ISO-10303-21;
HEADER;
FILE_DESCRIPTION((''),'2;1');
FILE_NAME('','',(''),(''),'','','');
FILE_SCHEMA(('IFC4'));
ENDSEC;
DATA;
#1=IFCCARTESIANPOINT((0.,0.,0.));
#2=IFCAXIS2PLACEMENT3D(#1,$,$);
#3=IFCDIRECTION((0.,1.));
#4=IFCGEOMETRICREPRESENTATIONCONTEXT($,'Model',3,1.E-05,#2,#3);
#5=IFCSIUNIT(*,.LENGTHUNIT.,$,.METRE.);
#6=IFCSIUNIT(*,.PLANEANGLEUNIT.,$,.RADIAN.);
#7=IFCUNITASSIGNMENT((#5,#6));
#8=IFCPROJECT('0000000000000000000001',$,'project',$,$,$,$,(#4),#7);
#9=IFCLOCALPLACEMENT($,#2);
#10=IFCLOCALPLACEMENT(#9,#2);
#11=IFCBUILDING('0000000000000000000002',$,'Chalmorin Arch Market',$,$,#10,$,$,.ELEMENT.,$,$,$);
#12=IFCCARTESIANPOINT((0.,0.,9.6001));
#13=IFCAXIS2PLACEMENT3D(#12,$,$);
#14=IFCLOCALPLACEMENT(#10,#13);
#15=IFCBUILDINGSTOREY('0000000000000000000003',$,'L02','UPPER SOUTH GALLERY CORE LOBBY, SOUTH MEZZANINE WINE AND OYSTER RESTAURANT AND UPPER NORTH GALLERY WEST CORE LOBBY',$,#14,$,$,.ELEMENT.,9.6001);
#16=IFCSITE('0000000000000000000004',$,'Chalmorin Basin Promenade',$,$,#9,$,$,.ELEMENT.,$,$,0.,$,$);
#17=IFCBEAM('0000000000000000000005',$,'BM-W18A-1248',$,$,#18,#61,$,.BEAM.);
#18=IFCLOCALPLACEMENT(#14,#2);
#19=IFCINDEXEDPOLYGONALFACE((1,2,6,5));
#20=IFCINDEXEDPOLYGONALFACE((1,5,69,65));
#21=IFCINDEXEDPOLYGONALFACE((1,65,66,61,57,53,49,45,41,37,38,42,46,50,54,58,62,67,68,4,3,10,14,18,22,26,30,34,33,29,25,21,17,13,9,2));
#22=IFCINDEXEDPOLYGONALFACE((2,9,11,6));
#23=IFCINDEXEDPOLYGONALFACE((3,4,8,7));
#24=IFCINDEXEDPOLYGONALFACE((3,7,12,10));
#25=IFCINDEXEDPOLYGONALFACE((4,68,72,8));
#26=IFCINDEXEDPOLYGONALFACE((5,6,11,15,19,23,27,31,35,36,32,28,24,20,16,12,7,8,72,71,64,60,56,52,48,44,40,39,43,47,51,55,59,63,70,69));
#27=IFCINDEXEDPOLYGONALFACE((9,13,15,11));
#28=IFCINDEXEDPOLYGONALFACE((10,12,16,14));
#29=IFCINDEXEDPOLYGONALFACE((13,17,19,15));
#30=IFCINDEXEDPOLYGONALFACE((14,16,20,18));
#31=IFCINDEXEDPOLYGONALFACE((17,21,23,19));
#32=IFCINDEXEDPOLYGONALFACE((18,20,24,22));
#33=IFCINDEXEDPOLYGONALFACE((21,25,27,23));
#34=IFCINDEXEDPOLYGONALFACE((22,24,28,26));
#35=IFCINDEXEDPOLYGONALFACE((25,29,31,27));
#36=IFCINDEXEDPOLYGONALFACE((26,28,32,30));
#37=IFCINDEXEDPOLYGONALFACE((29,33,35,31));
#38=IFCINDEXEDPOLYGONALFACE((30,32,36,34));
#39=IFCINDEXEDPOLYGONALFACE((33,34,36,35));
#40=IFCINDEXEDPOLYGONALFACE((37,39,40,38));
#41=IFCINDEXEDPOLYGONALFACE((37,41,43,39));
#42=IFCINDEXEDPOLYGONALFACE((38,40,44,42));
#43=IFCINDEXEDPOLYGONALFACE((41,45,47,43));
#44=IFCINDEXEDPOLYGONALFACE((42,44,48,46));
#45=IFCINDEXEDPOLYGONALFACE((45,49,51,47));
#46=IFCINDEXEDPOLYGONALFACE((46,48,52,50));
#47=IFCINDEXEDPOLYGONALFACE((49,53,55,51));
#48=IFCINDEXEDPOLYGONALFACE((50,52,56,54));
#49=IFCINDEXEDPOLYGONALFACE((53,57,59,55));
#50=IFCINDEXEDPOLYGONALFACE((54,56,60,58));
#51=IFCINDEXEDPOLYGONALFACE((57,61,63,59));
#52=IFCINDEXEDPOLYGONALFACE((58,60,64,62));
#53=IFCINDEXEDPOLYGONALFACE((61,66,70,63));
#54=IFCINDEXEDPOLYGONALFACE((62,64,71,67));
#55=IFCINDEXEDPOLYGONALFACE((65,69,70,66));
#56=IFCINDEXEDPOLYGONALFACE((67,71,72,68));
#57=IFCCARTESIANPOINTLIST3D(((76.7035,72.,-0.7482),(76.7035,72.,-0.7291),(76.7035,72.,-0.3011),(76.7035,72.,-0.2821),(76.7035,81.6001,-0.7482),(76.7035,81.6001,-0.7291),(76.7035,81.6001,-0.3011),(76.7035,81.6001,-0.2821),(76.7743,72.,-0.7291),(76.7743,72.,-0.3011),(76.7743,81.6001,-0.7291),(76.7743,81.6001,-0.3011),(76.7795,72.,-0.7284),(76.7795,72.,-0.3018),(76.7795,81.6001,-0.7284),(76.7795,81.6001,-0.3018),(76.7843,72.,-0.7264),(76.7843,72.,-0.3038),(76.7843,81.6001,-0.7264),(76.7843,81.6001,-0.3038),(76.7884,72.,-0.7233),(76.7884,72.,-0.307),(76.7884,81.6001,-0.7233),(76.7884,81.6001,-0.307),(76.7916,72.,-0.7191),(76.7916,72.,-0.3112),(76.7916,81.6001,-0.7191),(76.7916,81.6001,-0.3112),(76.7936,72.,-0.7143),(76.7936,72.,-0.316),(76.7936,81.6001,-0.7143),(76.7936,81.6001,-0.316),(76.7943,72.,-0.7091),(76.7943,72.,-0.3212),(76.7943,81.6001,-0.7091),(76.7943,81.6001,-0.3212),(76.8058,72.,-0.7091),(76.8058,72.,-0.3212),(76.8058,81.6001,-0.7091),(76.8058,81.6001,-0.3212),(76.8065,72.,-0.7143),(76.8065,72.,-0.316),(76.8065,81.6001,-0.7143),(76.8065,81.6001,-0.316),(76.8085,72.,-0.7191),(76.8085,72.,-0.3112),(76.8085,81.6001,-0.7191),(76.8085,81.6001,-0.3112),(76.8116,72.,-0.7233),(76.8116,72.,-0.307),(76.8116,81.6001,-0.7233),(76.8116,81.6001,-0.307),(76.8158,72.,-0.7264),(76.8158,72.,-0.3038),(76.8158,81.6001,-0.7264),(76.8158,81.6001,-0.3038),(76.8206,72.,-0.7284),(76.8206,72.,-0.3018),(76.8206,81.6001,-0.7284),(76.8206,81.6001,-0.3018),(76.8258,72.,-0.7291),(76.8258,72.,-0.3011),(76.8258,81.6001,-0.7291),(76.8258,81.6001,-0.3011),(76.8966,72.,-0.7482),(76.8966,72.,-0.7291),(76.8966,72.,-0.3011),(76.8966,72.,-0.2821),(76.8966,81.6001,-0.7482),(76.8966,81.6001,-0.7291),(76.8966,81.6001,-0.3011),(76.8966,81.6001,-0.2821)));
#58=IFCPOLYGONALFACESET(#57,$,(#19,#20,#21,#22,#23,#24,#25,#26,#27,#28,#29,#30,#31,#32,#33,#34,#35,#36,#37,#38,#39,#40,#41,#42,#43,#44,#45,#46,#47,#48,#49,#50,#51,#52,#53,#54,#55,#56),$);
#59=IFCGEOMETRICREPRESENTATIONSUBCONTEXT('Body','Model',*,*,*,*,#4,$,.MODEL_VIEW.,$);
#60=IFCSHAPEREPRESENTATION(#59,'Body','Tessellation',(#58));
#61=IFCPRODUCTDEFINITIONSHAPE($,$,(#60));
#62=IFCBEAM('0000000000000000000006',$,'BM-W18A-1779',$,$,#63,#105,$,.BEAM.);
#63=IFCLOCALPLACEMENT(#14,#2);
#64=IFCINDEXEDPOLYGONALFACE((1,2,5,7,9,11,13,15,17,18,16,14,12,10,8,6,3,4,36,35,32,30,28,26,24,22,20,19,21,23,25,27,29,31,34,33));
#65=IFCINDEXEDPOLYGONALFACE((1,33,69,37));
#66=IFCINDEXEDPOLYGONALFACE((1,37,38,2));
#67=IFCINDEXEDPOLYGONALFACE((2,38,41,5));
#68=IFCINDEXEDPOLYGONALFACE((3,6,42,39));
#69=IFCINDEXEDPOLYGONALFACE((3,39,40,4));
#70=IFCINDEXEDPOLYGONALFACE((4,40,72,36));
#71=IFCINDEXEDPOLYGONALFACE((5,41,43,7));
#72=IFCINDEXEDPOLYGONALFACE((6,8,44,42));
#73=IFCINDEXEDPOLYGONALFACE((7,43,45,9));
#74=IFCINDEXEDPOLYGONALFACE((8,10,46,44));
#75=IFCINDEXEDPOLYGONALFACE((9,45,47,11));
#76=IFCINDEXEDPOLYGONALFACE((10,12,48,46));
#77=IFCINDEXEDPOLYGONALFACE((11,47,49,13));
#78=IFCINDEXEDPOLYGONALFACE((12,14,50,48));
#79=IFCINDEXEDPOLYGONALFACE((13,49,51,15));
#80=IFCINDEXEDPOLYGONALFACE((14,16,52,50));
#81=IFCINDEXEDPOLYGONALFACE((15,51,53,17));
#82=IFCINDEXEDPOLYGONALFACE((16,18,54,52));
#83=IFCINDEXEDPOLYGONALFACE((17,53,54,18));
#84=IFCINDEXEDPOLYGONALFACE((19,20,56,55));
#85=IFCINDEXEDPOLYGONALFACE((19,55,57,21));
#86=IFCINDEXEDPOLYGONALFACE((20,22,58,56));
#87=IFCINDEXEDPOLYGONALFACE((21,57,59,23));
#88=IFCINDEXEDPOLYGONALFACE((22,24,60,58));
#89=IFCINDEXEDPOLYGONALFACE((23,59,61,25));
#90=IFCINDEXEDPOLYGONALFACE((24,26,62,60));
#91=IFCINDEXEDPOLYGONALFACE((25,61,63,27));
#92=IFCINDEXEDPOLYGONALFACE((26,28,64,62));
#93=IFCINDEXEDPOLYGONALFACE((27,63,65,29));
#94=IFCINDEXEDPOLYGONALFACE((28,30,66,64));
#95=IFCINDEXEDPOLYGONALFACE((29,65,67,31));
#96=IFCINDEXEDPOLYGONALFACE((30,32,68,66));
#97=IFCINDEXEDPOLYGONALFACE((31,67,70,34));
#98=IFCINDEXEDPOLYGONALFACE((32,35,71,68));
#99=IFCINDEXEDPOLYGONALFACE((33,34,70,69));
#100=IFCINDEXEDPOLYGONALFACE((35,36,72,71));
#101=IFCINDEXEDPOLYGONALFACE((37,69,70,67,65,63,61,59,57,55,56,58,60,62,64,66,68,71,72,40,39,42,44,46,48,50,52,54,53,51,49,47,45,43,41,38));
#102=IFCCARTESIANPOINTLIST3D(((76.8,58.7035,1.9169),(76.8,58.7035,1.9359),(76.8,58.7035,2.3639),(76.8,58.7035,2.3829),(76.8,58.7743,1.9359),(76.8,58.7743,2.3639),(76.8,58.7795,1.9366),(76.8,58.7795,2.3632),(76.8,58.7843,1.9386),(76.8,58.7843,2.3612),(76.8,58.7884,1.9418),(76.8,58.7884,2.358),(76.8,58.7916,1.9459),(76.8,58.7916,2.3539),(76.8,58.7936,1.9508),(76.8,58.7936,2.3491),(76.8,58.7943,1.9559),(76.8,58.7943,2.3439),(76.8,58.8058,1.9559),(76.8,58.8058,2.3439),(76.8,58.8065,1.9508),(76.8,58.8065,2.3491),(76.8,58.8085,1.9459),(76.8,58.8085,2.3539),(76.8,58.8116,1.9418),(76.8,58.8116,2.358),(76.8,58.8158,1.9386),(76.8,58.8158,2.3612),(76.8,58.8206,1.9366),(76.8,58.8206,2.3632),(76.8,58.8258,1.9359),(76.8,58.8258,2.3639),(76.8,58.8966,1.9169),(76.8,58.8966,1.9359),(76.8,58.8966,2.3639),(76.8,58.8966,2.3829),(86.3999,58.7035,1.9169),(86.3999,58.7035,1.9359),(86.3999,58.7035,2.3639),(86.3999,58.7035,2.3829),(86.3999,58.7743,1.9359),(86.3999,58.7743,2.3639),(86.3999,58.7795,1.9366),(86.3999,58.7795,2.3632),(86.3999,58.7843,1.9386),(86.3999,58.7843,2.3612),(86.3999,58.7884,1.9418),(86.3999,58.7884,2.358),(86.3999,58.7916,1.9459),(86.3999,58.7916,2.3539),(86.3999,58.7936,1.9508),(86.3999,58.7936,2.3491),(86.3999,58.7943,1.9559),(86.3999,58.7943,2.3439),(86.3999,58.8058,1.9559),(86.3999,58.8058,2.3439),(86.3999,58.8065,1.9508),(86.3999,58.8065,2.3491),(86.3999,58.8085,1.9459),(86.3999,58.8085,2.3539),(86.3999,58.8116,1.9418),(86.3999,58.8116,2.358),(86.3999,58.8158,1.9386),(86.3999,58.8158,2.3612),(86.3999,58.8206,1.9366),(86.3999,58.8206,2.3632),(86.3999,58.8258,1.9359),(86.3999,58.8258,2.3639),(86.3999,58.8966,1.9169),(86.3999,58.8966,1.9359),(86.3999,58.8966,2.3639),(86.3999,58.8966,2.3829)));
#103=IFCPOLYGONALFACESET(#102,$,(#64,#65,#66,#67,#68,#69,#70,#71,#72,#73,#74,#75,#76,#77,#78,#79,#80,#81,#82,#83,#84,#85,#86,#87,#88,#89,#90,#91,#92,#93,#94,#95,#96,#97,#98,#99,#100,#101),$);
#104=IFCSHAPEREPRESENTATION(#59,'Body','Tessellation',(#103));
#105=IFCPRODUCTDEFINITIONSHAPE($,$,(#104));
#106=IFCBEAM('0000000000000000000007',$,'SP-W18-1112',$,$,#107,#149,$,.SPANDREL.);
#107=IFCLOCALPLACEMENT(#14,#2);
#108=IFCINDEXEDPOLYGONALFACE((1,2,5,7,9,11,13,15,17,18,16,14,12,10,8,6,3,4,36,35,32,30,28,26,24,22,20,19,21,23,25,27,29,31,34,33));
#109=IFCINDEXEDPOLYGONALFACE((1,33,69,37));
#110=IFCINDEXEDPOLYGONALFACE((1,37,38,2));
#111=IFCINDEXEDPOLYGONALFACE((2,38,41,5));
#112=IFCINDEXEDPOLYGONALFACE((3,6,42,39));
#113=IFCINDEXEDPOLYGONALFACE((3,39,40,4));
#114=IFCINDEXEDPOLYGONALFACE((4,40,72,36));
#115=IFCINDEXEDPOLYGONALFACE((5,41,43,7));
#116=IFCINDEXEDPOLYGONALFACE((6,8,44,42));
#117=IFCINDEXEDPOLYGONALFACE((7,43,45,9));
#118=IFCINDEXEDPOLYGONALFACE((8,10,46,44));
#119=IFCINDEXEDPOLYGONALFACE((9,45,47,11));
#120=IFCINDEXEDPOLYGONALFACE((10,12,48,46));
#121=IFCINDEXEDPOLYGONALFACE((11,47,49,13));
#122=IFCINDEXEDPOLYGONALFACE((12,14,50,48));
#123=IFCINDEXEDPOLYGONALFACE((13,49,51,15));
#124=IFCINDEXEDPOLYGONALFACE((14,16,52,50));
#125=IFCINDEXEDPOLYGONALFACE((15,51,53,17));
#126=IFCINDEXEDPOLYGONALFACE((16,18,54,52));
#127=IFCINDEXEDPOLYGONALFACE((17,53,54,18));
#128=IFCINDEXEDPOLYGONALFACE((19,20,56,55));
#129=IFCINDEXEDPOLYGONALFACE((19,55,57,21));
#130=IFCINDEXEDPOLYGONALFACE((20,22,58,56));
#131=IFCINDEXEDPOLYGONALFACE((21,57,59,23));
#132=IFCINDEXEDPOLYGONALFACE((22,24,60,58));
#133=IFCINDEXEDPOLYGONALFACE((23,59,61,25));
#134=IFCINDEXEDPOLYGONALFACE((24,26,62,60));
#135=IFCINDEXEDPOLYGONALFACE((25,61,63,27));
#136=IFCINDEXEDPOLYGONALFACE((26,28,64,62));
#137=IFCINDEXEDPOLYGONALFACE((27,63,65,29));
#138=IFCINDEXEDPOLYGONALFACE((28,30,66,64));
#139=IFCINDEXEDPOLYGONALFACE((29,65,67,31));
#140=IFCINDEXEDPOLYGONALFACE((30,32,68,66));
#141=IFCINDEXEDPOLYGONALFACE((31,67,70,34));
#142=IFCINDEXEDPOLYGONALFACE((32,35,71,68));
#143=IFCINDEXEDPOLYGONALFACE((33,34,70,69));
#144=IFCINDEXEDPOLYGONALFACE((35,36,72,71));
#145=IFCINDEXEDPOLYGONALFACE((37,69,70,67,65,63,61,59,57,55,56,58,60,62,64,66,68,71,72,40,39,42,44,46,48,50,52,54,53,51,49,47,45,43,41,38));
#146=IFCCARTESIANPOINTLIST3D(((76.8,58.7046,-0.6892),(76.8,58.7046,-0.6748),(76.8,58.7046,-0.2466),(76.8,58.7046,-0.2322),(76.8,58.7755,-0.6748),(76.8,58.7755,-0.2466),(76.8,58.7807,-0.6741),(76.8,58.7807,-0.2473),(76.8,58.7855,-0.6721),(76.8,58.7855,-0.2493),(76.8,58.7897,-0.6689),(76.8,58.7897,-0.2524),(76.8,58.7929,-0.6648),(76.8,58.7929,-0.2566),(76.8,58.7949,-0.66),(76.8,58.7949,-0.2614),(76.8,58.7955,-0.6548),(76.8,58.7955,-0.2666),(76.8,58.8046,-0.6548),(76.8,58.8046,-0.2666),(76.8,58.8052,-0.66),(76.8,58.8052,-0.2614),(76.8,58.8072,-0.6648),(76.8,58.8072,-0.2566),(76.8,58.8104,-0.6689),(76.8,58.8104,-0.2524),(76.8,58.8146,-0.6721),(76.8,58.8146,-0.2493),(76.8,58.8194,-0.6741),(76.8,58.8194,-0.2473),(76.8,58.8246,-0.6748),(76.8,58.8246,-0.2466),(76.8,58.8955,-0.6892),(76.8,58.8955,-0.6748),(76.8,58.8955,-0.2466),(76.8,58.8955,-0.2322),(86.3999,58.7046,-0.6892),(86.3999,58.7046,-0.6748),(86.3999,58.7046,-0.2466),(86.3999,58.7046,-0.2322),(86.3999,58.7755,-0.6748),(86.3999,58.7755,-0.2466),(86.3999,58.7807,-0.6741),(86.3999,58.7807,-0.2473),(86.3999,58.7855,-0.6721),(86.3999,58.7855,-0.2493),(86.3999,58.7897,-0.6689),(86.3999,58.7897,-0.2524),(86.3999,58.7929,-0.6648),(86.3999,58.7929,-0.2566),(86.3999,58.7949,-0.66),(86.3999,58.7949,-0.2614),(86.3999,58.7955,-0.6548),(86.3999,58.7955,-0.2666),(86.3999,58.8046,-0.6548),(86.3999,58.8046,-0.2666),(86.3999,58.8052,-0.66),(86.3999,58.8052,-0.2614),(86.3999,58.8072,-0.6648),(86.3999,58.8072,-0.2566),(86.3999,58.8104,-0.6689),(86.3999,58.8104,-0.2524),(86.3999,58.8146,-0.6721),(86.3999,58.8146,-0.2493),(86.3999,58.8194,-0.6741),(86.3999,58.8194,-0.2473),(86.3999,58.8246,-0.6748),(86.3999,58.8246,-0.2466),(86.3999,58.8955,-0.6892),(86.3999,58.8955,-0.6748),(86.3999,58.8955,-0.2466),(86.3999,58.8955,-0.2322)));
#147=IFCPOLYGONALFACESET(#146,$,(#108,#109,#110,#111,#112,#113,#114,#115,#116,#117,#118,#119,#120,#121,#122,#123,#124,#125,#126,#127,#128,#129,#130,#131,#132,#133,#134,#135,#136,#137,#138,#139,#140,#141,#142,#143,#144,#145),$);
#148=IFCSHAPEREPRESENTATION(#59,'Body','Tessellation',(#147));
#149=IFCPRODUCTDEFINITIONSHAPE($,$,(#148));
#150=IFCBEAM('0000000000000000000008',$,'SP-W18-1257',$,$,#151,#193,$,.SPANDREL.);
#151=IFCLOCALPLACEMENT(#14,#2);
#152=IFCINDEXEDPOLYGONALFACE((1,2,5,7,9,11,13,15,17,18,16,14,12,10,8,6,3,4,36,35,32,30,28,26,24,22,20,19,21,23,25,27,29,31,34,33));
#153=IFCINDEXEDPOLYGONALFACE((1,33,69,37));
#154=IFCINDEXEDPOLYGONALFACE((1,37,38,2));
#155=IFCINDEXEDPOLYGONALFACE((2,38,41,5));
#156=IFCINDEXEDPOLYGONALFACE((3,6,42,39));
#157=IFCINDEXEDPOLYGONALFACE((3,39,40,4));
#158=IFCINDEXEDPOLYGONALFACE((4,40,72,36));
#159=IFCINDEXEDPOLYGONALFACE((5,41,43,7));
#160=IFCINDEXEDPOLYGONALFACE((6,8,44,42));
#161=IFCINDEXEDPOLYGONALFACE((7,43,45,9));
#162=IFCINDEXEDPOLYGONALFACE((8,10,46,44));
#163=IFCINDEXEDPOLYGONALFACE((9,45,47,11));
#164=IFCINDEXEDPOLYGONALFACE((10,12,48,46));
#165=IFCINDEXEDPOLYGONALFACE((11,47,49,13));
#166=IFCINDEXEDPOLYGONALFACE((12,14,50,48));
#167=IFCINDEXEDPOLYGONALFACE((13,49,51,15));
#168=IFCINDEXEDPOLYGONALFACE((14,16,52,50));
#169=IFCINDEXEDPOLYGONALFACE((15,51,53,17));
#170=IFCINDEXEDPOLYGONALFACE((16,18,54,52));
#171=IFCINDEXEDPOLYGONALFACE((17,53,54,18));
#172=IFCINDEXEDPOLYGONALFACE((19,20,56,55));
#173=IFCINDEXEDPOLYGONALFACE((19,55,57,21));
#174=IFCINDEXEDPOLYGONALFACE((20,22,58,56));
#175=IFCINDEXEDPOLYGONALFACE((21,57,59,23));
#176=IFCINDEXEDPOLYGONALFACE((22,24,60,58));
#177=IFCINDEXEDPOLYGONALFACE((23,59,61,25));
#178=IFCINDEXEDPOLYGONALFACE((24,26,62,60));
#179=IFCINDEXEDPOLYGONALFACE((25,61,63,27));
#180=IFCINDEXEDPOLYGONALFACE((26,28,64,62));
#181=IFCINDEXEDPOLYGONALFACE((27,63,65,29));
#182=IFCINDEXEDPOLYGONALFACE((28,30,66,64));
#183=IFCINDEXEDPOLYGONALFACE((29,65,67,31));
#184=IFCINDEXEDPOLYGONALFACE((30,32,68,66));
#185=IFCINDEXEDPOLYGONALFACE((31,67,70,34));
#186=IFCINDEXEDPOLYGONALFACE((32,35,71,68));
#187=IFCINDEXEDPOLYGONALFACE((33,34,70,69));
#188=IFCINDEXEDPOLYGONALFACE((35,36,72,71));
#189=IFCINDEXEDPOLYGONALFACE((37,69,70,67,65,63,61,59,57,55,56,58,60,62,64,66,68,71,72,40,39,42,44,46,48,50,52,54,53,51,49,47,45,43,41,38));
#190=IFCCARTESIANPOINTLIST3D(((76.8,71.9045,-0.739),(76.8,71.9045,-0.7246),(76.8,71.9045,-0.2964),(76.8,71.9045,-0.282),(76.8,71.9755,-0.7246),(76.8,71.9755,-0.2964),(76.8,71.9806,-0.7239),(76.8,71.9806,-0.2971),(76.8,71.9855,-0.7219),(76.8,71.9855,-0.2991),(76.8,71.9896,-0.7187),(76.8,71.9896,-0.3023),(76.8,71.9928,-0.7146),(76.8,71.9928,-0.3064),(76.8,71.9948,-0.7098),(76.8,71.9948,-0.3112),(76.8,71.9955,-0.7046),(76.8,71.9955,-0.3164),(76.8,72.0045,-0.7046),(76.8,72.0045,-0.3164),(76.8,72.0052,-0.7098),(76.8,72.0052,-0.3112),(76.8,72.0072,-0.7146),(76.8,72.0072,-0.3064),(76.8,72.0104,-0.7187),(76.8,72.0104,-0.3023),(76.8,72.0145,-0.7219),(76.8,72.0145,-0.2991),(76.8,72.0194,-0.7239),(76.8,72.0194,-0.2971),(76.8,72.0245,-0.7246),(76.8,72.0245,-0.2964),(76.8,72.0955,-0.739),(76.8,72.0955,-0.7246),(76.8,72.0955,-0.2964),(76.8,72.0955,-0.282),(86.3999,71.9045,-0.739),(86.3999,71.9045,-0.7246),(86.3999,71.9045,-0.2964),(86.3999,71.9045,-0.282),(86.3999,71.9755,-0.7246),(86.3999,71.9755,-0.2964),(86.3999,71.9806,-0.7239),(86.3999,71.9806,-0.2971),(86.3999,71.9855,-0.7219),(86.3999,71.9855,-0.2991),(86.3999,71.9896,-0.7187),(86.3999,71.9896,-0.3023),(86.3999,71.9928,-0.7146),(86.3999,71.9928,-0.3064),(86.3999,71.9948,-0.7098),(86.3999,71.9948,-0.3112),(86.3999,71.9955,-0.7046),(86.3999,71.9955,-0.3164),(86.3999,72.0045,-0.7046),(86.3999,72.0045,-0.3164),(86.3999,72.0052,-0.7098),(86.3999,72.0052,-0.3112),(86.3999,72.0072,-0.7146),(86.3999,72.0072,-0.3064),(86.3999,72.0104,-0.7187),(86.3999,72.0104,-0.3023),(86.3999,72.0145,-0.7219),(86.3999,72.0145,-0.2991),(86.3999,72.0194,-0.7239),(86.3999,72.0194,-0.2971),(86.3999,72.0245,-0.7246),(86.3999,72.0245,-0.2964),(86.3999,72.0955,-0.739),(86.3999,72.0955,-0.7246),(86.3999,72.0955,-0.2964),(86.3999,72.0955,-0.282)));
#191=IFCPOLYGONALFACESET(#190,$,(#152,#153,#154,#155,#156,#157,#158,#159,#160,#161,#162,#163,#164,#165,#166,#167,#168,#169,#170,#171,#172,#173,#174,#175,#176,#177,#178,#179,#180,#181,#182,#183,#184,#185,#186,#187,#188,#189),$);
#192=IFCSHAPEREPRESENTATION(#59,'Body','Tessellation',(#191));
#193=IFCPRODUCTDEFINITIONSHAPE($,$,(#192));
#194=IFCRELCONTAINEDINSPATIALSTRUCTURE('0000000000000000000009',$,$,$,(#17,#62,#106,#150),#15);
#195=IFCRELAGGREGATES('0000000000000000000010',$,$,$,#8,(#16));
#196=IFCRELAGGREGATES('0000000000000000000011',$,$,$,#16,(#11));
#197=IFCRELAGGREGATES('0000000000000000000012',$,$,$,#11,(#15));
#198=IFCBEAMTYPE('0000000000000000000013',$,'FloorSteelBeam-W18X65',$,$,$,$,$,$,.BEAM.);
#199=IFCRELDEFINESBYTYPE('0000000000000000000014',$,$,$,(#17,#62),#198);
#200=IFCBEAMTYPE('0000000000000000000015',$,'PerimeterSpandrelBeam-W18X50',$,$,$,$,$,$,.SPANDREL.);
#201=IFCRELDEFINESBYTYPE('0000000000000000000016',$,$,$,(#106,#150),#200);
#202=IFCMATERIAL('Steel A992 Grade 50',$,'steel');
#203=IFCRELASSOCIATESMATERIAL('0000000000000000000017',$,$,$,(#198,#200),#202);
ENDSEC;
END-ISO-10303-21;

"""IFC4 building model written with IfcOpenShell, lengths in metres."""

from ifc_helpers import new_model, si_unit, direction, frame, origin, origin_2d, place, context, subcontext, project, spatial, i_section, extrude, material, material_profile, profile_set, type_object, element, save


model = new_model("IFC4")

# Units and contexts
model_context = context("Model", 3, precision=1e-05, world=origin(), true_north=direction((0.0, 1.0)))
body_context = subcontext(model_context, "Body", "Model", "MODEL_VIEW")
ifc_project = project(units=[si_unit("LENGTHUNIT", "METRE"), si_unit("PLANEANGLEUNIT", "RADIAN")], contexts=[model_context])

# Site, building, storey
site_placement = place(None, origin())
site = spatial("IfcSite", under=ifc_project, at=site_placement, Name="Chalmorin Basin Promenade", CompositionType="ELEMENT", RefElevation=0.0)
building_placement = place(site_placement, origin())
building = spatial("IfcBuilding", under=site, at=building_placement, Name="Chalmorin Arch Market", CompositionType="ELEMENT")
storey_placement = place(building_placement, frame((0.0, 0.0, 9.6001)))
storey = spatial("IfcBuildingStorey", under=building, at=storey_placement, Name="L02", Description="UPPER SOUTH GALLERY CORE LOBBY, SOUTH MEZZANINE WINE AND OYSTER RESTAURANT AND UPPER NORTH GALLERY WEST CORE LOBBY", CompositionType="ELEMENT", Elevation=9.6001)

# Beams
ifc_material_1 = material(Name="Steel A992 Grade 50", Category="steel")
ifc_material_profile_1 = material_profile(ifc_material_1, i_section(OverallWidth=0.1931, OverallDepth=0.4661, WebThickness=0.0115, FlangeThickness=0.019, FilletRadius=0.02, at=origin_2d()), Name="W18X65")
ifc_profile_set_1 = profile_set([ifc_material_profile_1], Name="Steel A992 Grade 50")
beam_type_1 = type_object("IfcBeamType", Name="FloorSteelBeam-W18X65", PredefinedType="BEAM", material=ifc_profile_set_1)
beam_1_placement = place(storey_placement, frame((76.8, 72.0, -0.5151), z_axis=(0.0, 1.0, 0.0), x_axis=(-1.0, 0.0, 0.0)))
element("IfcBeam", 1, at=beam_1_placement, inside=storey, type_object=beam_type_1, Name="BM-W18A-1248", PredefinedType="BEAM", context=body_context, shape_type="SweptSolid", body=[
    extrude(i_section(OverallWidth=0.1931, OverallDepth=0.4661, WebThickness=0.0115, FlangeThickness=0.019, FilletRadius=0.02, at=origin_2d()), origin(), (0.0, 0.0, 1.0), 9.6001),
])
beam_2_placement = place(storey_placement, frame((76.8, 58.8, 2.1499), z_axis=(1.0, 0.0, 0.0), x_axis=(0.0, 1.0, 0.0)))
element("IfcBeam", 2, at=beam_2_placement, inside=storey, type_object=beam_type_1, Name="BM-W18A-1779", PredefinedType="BEAM", context=body_context, shape_type="SweptSolid", body=[
    extrude(i_section(OverallWidth=0.1931, OverallDepth=0.4661, WebThickness=0.0115, FlangeThickness=0.019, FilletRadius=0.02, at=origin_2d()), origin(), (0.0, 0.0, 1.0), 9.5999),
])
ifc_material_profile_2 = material_profile(ifc_material_1, i_section(OverallWidth=0.1909, OverallDepth=0.457, WebThickness=0.009, FlangeThickness=0.0144, FilletRadius=0.02, at=origin_2d()), Name="W18X50")
ifc_profile_set_2 = profile_set([ifc_material_profile_2], Name="Steel A992 Grade 50")
beam_type_2 = type_object("IfcBeamType", Name="PerimeterSpandrelBeam-W18X50", PredefinedType="SPANDREL", material=ifc_profile_set_2)
for number, where, z_axis, x_axis, name in (
    (3, (76.8, 58.8, -0.4607), (1.0, 0.0, 0.0), (0.0, 1.0, 0.0), "SP-W18-1112"),
    (4, (76.8, 72.0, -0.5105), (1.0, 0.0, 0.0), (0.0, 1.0, 0.0), "SP-W18-1257"),
):
    element("IfcBeam", number, at=place(storey_placement, frame(where, z_axis=z_axis, x_axis=x_axis)), inside=storey, type_object=beam_type_2, Name=name, PredefinedType="SPANDREL", context=body_context, shape_type="SweptSolid", body=[
        extrude(i_section(OverallWidth=0.1909, OverallDepth=0.457, WebThickness=0.009, FlangeThickness=0.0144, FilletRadius=0.02, at=origin_2d()), origin(), (0.0, 0.0, 1.0), 9.5999),
    ])

save(model, "model.ifc")
